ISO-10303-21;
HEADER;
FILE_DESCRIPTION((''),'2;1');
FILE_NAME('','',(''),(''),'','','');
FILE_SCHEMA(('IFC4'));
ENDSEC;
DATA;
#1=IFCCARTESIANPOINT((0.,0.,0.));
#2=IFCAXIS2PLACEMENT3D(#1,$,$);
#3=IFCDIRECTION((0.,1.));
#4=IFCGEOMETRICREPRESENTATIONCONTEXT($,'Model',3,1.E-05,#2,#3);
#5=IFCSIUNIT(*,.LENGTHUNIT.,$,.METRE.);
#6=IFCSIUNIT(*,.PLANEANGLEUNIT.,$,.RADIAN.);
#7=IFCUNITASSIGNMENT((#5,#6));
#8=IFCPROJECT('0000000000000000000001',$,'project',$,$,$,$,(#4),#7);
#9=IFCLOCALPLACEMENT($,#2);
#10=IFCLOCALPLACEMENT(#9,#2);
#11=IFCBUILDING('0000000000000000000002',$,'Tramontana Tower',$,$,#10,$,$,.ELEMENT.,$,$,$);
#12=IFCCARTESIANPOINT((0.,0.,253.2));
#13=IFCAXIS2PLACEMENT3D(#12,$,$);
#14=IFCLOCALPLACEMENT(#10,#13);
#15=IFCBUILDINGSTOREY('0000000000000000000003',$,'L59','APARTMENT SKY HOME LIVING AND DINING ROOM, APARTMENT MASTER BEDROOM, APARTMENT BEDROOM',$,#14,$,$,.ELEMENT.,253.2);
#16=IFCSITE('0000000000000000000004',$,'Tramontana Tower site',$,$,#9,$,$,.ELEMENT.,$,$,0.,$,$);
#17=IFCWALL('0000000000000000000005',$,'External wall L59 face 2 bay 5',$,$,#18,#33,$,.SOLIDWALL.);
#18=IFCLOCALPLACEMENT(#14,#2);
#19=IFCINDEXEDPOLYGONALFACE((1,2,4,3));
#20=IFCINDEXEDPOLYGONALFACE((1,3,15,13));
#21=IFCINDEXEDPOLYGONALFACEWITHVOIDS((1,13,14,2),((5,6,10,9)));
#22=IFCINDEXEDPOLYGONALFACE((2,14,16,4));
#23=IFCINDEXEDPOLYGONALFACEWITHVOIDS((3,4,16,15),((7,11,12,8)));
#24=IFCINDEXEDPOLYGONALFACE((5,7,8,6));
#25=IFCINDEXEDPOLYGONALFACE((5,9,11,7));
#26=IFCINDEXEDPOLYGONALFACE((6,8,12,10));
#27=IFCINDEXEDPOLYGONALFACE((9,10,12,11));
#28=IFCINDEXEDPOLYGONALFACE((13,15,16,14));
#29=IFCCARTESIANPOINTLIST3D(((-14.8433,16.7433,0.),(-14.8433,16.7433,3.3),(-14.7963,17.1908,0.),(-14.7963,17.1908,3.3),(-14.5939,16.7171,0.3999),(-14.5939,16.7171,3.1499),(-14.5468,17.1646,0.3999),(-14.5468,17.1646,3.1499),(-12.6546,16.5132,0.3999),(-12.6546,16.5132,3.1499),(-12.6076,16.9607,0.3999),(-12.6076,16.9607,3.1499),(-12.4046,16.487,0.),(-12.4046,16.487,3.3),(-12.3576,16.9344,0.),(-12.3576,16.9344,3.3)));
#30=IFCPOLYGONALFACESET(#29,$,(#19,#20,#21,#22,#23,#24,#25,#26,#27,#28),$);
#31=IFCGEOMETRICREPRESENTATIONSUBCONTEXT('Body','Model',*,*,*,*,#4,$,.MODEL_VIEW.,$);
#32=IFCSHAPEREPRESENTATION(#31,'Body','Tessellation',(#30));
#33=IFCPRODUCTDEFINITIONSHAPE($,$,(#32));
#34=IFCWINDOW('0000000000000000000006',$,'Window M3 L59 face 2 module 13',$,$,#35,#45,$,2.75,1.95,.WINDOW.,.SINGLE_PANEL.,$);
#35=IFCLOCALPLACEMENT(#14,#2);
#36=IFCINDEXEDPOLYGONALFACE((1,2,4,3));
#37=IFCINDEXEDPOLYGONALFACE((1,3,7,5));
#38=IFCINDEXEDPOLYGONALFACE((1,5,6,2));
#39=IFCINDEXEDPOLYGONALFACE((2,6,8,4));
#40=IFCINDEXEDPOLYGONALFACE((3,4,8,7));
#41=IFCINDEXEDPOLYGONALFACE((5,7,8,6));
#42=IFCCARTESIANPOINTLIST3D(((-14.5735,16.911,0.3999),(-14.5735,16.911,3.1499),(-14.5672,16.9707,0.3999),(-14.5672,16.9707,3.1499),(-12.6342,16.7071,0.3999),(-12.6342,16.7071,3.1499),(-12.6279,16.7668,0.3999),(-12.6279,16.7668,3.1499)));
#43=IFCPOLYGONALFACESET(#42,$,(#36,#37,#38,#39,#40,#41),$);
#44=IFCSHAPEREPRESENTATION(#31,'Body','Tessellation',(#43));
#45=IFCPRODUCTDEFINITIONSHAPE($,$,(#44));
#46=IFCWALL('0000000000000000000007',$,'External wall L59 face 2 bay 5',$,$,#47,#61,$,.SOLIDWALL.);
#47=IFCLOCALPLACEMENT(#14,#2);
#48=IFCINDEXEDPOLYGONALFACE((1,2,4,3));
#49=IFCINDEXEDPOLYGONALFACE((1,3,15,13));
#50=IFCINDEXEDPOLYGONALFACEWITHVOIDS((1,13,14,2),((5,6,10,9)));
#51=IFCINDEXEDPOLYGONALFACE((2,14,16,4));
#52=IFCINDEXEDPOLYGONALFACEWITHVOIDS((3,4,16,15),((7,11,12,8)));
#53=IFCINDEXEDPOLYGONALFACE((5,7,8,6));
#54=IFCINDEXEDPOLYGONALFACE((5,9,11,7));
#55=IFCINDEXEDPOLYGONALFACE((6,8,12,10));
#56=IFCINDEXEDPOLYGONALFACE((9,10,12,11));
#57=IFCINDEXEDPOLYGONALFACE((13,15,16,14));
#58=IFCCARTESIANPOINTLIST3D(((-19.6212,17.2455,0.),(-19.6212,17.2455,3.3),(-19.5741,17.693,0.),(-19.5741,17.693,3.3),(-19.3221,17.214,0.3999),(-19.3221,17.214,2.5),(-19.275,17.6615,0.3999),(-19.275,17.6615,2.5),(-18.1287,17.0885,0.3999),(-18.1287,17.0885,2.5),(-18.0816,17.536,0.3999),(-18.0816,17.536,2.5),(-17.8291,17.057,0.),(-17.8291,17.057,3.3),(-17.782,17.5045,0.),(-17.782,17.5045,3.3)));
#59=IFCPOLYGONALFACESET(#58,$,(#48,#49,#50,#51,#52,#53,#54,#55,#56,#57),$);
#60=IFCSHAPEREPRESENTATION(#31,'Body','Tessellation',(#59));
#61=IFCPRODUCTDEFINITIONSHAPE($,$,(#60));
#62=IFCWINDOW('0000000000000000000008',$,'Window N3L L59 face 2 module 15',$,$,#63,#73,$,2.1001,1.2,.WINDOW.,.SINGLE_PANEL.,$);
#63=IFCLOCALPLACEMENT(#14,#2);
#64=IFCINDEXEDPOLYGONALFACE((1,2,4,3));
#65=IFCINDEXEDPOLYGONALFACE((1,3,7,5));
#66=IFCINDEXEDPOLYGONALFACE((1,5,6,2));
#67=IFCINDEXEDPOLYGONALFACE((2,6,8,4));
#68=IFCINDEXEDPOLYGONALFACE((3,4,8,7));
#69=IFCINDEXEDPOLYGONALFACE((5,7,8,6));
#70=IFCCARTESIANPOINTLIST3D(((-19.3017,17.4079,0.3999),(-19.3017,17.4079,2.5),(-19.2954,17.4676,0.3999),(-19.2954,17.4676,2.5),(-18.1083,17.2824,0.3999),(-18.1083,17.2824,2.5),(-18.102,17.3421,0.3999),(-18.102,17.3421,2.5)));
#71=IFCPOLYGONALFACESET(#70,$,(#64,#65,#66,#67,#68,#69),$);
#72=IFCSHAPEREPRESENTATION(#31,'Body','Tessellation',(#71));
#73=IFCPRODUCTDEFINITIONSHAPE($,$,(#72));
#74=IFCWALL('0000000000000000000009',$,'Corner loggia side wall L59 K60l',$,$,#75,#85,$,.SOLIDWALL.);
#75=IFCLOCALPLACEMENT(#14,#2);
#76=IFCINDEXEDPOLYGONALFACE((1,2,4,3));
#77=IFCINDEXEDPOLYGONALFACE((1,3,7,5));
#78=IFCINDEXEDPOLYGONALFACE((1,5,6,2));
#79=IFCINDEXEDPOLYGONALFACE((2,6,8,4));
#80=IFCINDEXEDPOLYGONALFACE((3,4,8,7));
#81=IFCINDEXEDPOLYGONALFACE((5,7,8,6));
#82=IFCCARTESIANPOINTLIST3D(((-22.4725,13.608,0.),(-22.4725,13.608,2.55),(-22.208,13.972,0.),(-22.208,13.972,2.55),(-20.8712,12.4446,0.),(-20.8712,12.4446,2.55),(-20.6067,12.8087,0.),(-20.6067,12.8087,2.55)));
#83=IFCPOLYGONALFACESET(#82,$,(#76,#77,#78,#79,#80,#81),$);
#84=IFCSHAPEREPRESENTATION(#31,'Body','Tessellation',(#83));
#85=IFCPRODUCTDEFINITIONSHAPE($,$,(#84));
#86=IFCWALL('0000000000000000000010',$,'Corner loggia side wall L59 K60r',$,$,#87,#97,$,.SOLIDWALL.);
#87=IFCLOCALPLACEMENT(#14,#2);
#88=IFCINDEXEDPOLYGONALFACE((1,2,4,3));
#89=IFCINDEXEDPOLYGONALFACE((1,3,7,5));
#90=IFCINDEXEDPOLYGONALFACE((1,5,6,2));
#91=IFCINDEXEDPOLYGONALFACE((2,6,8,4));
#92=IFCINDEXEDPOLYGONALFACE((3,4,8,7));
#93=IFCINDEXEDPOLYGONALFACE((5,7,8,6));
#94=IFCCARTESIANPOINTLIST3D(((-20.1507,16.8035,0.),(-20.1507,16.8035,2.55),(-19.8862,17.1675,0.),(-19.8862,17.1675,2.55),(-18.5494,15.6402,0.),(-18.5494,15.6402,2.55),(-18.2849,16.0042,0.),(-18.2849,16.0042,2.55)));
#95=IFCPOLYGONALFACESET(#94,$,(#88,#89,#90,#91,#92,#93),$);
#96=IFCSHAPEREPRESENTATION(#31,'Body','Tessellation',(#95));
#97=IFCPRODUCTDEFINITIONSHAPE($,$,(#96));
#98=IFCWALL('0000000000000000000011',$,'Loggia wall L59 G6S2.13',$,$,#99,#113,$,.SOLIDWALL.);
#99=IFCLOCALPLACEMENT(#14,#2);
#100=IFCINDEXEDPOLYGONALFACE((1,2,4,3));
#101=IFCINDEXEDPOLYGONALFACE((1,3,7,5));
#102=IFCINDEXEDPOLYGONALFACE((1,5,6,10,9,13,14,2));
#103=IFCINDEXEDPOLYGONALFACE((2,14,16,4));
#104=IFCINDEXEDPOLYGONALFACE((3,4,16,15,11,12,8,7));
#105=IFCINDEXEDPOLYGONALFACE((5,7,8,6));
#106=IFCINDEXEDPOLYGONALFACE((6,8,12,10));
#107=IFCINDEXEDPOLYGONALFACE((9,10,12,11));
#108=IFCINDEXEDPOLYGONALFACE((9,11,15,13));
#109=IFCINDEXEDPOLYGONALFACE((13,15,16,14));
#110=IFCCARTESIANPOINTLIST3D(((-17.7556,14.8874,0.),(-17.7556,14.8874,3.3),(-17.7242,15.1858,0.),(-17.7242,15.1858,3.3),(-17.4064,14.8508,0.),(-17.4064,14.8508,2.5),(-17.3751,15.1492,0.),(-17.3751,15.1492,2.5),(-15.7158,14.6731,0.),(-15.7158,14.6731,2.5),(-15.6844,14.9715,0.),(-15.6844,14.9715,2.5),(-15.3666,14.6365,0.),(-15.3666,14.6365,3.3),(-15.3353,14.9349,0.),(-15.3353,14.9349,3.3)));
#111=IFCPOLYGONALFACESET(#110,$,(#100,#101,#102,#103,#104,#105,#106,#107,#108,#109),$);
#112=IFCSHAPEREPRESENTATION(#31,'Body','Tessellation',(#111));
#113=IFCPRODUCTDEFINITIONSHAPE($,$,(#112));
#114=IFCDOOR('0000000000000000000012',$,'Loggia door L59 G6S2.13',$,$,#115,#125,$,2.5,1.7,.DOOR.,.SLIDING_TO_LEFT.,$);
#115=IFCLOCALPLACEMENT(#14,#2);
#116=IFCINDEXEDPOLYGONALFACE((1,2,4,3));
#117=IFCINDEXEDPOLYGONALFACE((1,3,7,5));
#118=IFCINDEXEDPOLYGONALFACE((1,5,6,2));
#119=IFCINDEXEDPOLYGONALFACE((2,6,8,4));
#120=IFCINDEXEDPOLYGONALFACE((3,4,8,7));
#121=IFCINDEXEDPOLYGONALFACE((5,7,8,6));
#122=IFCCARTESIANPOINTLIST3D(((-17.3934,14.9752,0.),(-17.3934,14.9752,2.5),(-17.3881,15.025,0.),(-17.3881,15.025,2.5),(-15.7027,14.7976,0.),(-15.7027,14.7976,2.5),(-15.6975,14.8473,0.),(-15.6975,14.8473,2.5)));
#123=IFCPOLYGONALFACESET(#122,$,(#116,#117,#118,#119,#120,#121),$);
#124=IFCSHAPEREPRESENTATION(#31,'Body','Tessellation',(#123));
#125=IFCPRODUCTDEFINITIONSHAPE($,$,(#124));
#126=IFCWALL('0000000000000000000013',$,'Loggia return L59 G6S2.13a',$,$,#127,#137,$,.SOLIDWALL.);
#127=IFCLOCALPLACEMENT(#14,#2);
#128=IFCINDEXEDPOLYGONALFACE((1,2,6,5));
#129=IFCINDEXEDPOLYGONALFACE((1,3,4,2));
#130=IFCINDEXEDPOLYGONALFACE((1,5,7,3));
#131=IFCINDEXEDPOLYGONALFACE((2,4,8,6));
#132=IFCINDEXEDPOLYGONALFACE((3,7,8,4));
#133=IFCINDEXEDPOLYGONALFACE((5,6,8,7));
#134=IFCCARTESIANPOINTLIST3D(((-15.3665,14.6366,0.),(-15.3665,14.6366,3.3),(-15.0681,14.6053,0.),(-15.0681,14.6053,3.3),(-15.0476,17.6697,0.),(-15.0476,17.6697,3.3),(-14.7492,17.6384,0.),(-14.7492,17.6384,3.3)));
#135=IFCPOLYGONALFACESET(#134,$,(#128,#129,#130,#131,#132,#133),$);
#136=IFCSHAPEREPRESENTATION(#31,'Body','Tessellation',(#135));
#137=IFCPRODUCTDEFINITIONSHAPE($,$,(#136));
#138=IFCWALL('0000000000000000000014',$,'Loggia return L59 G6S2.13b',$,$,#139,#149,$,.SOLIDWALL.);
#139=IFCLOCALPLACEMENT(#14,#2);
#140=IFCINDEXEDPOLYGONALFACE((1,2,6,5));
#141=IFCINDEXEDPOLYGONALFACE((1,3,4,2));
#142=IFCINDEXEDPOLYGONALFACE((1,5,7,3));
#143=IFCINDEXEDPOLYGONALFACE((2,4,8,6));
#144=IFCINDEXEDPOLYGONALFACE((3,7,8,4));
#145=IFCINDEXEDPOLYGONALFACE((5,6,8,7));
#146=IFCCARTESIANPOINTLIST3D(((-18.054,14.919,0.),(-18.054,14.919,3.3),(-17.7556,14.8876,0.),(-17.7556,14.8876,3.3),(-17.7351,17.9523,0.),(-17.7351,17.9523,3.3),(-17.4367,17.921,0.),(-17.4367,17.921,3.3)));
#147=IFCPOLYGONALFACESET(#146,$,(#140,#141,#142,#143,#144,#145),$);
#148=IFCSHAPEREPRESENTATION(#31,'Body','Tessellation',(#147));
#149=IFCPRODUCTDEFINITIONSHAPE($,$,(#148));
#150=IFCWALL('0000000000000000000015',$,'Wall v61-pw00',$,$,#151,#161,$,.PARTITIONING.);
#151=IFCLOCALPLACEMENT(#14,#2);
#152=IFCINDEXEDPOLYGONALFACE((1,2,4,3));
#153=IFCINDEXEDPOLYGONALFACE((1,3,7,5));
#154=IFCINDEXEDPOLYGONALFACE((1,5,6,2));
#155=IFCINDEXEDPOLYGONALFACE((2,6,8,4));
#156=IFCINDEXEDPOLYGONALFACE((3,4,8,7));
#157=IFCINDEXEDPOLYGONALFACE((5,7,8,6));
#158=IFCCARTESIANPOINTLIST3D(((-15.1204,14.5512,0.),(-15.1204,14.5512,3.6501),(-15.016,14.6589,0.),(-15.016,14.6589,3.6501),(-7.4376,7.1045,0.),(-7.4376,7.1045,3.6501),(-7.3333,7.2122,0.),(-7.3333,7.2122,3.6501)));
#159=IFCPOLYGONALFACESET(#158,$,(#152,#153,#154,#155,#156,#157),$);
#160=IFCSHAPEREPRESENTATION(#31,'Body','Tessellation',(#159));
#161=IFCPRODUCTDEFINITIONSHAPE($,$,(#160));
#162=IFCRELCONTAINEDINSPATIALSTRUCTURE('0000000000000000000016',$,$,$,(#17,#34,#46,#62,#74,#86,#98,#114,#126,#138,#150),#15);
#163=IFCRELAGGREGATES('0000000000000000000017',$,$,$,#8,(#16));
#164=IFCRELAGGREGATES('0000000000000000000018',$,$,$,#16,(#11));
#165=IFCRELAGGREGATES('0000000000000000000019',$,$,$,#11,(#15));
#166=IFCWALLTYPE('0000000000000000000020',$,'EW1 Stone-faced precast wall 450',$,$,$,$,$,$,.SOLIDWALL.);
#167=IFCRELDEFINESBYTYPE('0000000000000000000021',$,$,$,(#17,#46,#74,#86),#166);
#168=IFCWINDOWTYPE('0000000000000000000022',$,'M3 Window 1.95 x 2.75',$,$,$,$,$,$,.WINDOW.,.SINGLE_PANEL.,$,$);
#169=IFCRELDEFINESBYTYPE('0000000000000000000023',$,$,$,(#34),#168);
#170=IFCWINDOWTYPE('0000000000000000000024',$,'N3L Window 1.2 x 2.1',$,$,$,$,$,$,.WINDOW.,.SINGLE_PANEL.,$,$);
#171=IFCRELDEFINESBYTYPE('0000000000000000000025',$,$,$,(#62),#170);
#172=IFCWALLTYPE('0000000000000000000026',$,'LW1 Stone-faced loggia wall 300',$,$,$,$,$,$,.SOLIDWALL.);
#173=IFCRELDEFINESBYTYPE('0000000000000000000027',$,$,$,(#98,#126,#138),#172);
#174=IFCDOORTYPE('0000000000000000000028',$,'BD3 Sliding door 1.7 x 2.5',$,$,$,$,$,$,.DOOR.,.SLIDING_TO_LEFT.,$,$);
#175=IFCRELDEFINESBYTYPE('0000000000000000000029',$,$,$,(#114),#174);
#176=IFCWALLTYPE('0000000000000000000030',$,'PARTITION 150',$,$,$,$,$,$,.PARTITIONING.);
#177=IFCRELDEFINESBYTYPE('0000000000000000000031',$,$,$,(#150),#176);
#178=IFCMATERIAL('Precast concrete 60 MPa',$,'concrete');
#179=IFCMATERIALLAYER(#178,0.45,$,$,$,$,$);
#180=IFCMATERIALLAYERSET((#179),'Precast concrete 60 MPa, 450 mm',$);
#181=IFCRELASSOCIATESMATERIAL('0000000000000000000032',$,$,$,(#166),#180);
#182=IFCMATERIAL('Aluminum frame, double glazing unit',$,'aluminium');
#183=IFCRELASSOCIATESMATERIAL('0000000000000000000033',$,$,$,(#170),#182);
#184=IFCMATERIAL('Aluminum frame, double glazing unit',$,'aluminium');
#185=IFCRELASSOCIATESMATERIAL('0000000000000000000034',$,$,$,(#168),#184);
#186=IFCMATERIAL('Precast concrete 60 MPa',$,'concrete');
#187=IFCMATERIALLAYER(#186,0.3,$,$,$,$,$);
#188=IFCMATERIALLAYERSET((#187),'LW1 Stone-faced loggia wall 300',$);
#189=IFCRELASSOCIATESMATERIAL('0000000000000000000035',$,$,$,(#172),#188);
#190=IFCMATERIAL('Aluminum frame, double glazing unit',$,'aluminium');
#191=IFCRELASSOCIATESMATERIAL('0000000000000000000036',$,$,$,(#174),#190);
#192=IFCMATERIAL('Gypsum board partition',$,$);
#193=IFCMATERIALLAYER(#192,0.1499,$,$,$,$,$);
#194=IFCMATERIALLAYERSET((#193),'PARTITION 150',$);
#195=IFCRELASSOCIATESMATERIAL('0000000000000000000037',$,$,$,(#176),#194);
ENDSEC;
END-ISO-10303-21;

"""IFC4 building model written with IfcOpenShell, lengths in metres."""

from ifc_helpers import new_model, si_unit, direction, frame, frame_2d, origin, place, context, subcontext, project, spatial, rectangle, extrude, material, layer, layer_set, type_object, element, fill, save


model = new_model("IFC4")

# Units and contexts
model_context = context("Model", 3, precision=1e-05, world=origin(), true_north=direction((0.0, 1.0)))
body_context = subcontext(model_context, "Body", "Model", "MODEL_VIEW")
ifc_project = project(units=[si_unit("LENGTHUNIT", "METRE"), si_unit("PLANEANGLEUNIT", "RADIAN")], contexts=[model_context])

# Site, building, storey
site_placement = place(None, origin())
site = spatial("IfcSite", under=ifc_project, at=site_placement, Name="Tramontana Tower site", CompositionType="ELEMENT", RefElevation=0.0)
building_placement = place(site_placement, origin())
building = spatial("IfcBuilding", under=site, at=building_placement, Name="Tramontana Tower", CompositionType="ELEMENT")
storey_placement = place(building_placement, frame((0.0, 0.0, 253.2)))
storey = spatial("IfcBuildingStorey", under=building, at=storey_placement, Name="L59", Description="APARTMENT SKY HOME LIVING AND DINING ROOM, APARTMENT MASTER BEDROOM, APARTMENT BEDROOM", CompositionType="ELEMENT", Elevation=253.2)

# Walls, openings, windows
ifc_material_1 = material(Name="Precast concrete 60 MPa", Category="concrete")
ifc_layer_1 = layer(ifc_material_1, 0.45)
ifc_layer_set_1 = layer_set([ifc_layer_1], Name="Precast concrete 60 MPa, 450 mm")
wall_type_1 = type_object("IfcWallType", Name="EW1 Stone-faced precast wall 450", PredefinedType="SOLIDWALL", material=ifc_layer_set_1)
ifc_material_2 = material(Name="Aluminum frame, double glazing unit", Category="aluminium")
window_type_1 = type_object("IfcWindowType", Name="N3L Window 1.2 x 2.1", PartitioningType="SINGLE_PANEL", PredefinedType="WINDOW", material=ifc_material_2)
wall_1_placement = place(storey_placement, frame((-12.3811, 16.7107, 0.0), z_axis=(0.0, 0.0, 1.0), x_axis=(-0.994521, 0.10454, 0.0)))
wall_1 = element("IfcWall", 1, at=wall_1_placement, inside=storey, type_object=wall_type_1, Name="External wall L59 face 2 bay 5", PredefinedType="SOLIDWALL", context=body_context, shape_type="SweptSolid", body=[
    extrude(rectangle(XDim=2.4521, YDim=0.45, at=frame_2d((1.2261, 0.0))), origin(), (0.0, 0.0, 1.0), 3.3),
])
opening_1_placement = place(wall_1_placement, frame((0.2512, 0.0, 0.3999)))
opening_1 = element("IfcOpeningElement", 2, at=opening_1_placement, cuts=wall_1, PredefinedType="OPENING", context=body_context, shape_type="SweptSolid", body=[
    extrude(rectangle(XDim=1.95, YDim=2.75, at=frame_2d((0.9751, 1.375))), frame((0.0, 0.2349, 0.0), z_axis=(0.0, -1.0, 0.0), x_axis=(1.0, 0.0, 0.0)), (0.0, 0.0, 1.0), 0.47),
])
ifc_material_3 = material(Name="Aluminum frame, double glazing unit", Category="aluminium")
window_type_2 = type_object("IfcWindowType", Name="M3 Window 1.95 x 2.75", PartitioningType="SINGLE_PANEL", PredefinedType="WINDOW", material=ifc_material_3)
window_1_placement = place(opening_1_placement, origin())
window_1 = element("IfcWindow", 3, at=window_1_placement, inside=storey, type_object=window_type_2, Name="Window M3 L59 face 2 module 13", OverallHeight=2.75, OverallWidth=1.95, PartitioningType="SINGLE_PANEL", PredefinedType="WINDOW", context=body_context, shape_type="SweptSolid", body=[
    extrude(rectangle(XDim=1.95, YDim=2.75, at=frame_2d((0.9751, 1.375))), frame((0.0, 0.03, 0.0), z_axis=(0.0, -1.0, 0.0), x_axis=(1.0, 0.0, 0.0)), (0.0, 0.0, 1.0), 0.0601),
])
fill(opening_1, window_1)
wall_2_placement = place(storey_placement, frame((-17.8057, 17.2808, 0.0), z_axis=(0.0, 0.0, 1.0), x_axis=(-0.994516, 0.104586, 0.0)))
wall_2 = element("IfcWall", 4, at=wall_2_placement, inside=storey, type_object=wall_type_1, Name="External wall L59 face 2 bay 5", PredefinedType="SOLIDWALL", context=body_context, shape_type="SweptSolid", body=[
    extrude(rectangle(XDim=1.802, YDim=0.45, at=frame_2d((0.9009, 0.0))), origin(), (0.0, 0.0, 1.0), 3.3),
])
opening_2_placement = place(wall_2_placement, frame((0.301, 0.0, 0.3999)))
opening_2 = element("IfcOpeningElement", 5, at=opening_2_placement, cuts=wall_2, PredefinedType="OPENING", context=body_context, shape_type="SweptSolid", body=[
    extrude(rectangle(XDim=1.2, YDim=2.1001, at=frame_2d((0.6001, 1.05))), frame((0.0, 0.2349, 0.0), z_axis=(0.0, -1.0, 0.0), x_axis=(1.0, 0.0, 0.0)), (0.0, 0.0, 1.0), 0.47),
])
window_2_placement = place(opening_2_placement, origin())
window_2 = element("IfcWindow", 6, at=window_2_placement, inside=storey, type_object=window_type_1, Name="Window N3L L59 face 2 module 15", OverallHeight=2.1001, OverallWidth=1.2, PartitioningType="SINGLE_PANEL", PredefinedType="WINDOW", context=body_context, shape_type="SweptSolid", body=[
    extrude(rectangle(XDim=1.2, YDim=2.1001, at=frame_2d((0.6001, 1.05))), frame((0.0, 0.03, 0.0), z_axis=(0.0, -1.0, 0.0), x_axis=(1.0, 0.0, 0.0)), (0.0, 0.0, 1.0), 0.0601),
])
fill(opening_2, window_2)

# Walls
for number, where, z_axis, x_axis, name in (
    (7, (-22.3403, 13.79, 0.0), (0.0, 0.0, 1.0), (0.80904, -0.587754, 0.0), "Corner loggia side wall L59 K60l"),
    (8, (-20.0186, 16.9856, 0.0), (0.0, 0.0, 1.0), (0.80904, -0.587754, 0.0), "Corner loggia side wall L59 K60r"),
):
    element("IfcWall", number, at=place(storey_placement, frame(where, z_axis=z_axis, x_axis=x_axis)), inside=storey, type_object=wall_type_1, Name=name, PredefinedType="SOLIDWALL", context=body_context, shape_type="SweptSolid", body=[
        extrude(rectangle(XDim=1.9792, YDim=0.45, at=frame_2d((0.9897, 0.0))), origin(), (0.0, 0.0, 1.0), 2.55),
    ])

# Wall, opening, door
ifc_material_4 = material(Name="Precast concrete 60 MPa", Category="concrete")
ifc_layer_2 = layer(ifc_material_4, 0.3)
ifc_layer_set_2 = layer_set([ifc_layer_2], Name="LW1 Stone-faced loggia wall 300")
wall_type_2 = type_object("IfcWallType", Name="LW1 Stone-faced loggia wall 300", PredefinedType="SOLIDWALL", material=ifc_layer_set_2)
wall_3_placement = place(storey_placement, frame((-15.3508, 14.7856, 0.0), z_axis=(0.0, 0.0, 1.0), x_axis=(-0.994527, 0.104484, 0.0)))
wall_3 = element("IfcWall", 9, at=wall_3_placement, inside=storey, type_object=wall_type_2, Name="Loggia wall L59 G6S2.13", PredefinedType="SOLIDWALL", context=body_context, shape_type="SweptSolid", body=[
    extrude(rectangle(XDim=2.4021, YDim=0.3, at=frame_2d((1.2012, 0.0))), origin(), (0.0, 0.0, 1.0), 3.3),
])
opening_3_placement = place(wall_3_placement, frame((0.3511, 0.0, 0.0)))
opening_3 = element("IfcOpeningElement", 10, at=opening_3_placement, cuts=wall_3, PredefinedType="OPENING", context=body_context, shape_type="SweptSolid", body=[
    extrude(rectangle(XDim=1.7, YDim=2.5, at=frame_2d((0.8501, 1.25))), frame((0.0, 0.1599, 0.0), z_axis=(0.0, -1.0, 0.0), x_axis=(1.0, 0.0, 0.0)), (0.0, 0.0, 1.0), 0.3201),
])
ifc_material_5 = material(Name="Aluminum frame, double glazing unit", Category="aluminium")
door_type_1 = type_object("IfcDoorType", Name="BD3 Sliding door 1.7 x 2.5", OperationType="SLIDING_TO_LEFT", PredefinedType="DOOR", material=ifc_material_5)
door_1_placement = place(opening_3_placement, origin())
door_1 = element("IfcDoor", 11, at=door_1_placement, inside=storey, type_object=door_type_1, Name="Loggia door L59 G6S2.13", OperationType="SLIDING_TO_LEFT", OverallHeight=2.5, OverallWidth=1.7, PredefinedType="DOOR", context=body_context, shape_type="SweptSolid", body=[
    extrude(rectangle(XDim=1.7, YDim=2.5, at=frame_2d((0.8501, 1.25))), frame((0.0, 0.0249, 0.0), z_axis=(0.0, -1.0, 0.0), x_axis=(1.0, 0.0, 0.0)), (0.0, 0.0, 1.0), 0.05),
])
fill(opening_3, door_1)

# Walls
wall_4_placement = place(storey_placement, frame((-14.8984, 17.6541, 0.0), z_axis=(0.0, 0.0, 1.0), x_axis=(-0.104543, -0.99452, 0.0)))
element("IfcWall", 12, at=wall_4_placement, inside=storey, type_object=wall_type_2, Name="Loggia return L59 G6S2.13a", PredefinedType="SOLIDWALL", context=body_context, shape_type="SweptSolid", body=[
    extrude(rectangle(XDim=3.0498, YDim=0.3, at=frame_2d((1.5249, 0.0))), origin(), (0.0, 0.0, 1.0), 3.3),
])
wall_5_placement = place(storey_placement, frame((-17.5859, 17.9365, 0.0), z_axis=(0.0, 0.0, 1.0), x_axis=(-0.104535, -0.994521, 0.0)))
element("IfcWall", 13, at=wall_5_placement, inside=storey, type_object=wall_type_2, Name="Loggia return L59 G6S2.13b", PredefinedType="SOLIDWALL", context=body_context, shape_type="SweptSolid", body=[
    extrude(rectangle(XDim=3.05, YDim=0.3, at=frame_2d((1.5249, 0.0))), origin(), (0.0, 0.0, 1.0), 3.3),
])
ifc_material_6 = material(Name="Gypsum board partition")
ifc_layer_3 = layer(ifc_material_6, 0.1499)
ifc_layer_set_3 = layer_set([ifc_layer_3], Name="PARTITION 150")
wall_type_3 = type_object("IfcWallType", Name="PARTITION 150", PredefinedType="PARTITIONING", material=ifc_layer_set_3)
wall_6_placement = place(storey_placement, frame((-15.0681, 14.605, 0.0), z_axis=(0.0, 0.0, 1.0), x_axis=(0.718053, -0.695988, 0.0)))
element("IfcWall", 14, at=wall_6_placement, inside=storey, type_object=wall_type_3, Name="Wall v61-pw00", PredefinedType="PARTITIONING", context=body_context, shape_type="SweptSolid", body=[
    extrude(rectangle(XDim=10.6995, YDim=0.1499, at=frame_2d((5.3496, 0.0))), origin(), (0.0, 0.0, 1.0), 3.6501),
])

save(model, "model.ifc")
